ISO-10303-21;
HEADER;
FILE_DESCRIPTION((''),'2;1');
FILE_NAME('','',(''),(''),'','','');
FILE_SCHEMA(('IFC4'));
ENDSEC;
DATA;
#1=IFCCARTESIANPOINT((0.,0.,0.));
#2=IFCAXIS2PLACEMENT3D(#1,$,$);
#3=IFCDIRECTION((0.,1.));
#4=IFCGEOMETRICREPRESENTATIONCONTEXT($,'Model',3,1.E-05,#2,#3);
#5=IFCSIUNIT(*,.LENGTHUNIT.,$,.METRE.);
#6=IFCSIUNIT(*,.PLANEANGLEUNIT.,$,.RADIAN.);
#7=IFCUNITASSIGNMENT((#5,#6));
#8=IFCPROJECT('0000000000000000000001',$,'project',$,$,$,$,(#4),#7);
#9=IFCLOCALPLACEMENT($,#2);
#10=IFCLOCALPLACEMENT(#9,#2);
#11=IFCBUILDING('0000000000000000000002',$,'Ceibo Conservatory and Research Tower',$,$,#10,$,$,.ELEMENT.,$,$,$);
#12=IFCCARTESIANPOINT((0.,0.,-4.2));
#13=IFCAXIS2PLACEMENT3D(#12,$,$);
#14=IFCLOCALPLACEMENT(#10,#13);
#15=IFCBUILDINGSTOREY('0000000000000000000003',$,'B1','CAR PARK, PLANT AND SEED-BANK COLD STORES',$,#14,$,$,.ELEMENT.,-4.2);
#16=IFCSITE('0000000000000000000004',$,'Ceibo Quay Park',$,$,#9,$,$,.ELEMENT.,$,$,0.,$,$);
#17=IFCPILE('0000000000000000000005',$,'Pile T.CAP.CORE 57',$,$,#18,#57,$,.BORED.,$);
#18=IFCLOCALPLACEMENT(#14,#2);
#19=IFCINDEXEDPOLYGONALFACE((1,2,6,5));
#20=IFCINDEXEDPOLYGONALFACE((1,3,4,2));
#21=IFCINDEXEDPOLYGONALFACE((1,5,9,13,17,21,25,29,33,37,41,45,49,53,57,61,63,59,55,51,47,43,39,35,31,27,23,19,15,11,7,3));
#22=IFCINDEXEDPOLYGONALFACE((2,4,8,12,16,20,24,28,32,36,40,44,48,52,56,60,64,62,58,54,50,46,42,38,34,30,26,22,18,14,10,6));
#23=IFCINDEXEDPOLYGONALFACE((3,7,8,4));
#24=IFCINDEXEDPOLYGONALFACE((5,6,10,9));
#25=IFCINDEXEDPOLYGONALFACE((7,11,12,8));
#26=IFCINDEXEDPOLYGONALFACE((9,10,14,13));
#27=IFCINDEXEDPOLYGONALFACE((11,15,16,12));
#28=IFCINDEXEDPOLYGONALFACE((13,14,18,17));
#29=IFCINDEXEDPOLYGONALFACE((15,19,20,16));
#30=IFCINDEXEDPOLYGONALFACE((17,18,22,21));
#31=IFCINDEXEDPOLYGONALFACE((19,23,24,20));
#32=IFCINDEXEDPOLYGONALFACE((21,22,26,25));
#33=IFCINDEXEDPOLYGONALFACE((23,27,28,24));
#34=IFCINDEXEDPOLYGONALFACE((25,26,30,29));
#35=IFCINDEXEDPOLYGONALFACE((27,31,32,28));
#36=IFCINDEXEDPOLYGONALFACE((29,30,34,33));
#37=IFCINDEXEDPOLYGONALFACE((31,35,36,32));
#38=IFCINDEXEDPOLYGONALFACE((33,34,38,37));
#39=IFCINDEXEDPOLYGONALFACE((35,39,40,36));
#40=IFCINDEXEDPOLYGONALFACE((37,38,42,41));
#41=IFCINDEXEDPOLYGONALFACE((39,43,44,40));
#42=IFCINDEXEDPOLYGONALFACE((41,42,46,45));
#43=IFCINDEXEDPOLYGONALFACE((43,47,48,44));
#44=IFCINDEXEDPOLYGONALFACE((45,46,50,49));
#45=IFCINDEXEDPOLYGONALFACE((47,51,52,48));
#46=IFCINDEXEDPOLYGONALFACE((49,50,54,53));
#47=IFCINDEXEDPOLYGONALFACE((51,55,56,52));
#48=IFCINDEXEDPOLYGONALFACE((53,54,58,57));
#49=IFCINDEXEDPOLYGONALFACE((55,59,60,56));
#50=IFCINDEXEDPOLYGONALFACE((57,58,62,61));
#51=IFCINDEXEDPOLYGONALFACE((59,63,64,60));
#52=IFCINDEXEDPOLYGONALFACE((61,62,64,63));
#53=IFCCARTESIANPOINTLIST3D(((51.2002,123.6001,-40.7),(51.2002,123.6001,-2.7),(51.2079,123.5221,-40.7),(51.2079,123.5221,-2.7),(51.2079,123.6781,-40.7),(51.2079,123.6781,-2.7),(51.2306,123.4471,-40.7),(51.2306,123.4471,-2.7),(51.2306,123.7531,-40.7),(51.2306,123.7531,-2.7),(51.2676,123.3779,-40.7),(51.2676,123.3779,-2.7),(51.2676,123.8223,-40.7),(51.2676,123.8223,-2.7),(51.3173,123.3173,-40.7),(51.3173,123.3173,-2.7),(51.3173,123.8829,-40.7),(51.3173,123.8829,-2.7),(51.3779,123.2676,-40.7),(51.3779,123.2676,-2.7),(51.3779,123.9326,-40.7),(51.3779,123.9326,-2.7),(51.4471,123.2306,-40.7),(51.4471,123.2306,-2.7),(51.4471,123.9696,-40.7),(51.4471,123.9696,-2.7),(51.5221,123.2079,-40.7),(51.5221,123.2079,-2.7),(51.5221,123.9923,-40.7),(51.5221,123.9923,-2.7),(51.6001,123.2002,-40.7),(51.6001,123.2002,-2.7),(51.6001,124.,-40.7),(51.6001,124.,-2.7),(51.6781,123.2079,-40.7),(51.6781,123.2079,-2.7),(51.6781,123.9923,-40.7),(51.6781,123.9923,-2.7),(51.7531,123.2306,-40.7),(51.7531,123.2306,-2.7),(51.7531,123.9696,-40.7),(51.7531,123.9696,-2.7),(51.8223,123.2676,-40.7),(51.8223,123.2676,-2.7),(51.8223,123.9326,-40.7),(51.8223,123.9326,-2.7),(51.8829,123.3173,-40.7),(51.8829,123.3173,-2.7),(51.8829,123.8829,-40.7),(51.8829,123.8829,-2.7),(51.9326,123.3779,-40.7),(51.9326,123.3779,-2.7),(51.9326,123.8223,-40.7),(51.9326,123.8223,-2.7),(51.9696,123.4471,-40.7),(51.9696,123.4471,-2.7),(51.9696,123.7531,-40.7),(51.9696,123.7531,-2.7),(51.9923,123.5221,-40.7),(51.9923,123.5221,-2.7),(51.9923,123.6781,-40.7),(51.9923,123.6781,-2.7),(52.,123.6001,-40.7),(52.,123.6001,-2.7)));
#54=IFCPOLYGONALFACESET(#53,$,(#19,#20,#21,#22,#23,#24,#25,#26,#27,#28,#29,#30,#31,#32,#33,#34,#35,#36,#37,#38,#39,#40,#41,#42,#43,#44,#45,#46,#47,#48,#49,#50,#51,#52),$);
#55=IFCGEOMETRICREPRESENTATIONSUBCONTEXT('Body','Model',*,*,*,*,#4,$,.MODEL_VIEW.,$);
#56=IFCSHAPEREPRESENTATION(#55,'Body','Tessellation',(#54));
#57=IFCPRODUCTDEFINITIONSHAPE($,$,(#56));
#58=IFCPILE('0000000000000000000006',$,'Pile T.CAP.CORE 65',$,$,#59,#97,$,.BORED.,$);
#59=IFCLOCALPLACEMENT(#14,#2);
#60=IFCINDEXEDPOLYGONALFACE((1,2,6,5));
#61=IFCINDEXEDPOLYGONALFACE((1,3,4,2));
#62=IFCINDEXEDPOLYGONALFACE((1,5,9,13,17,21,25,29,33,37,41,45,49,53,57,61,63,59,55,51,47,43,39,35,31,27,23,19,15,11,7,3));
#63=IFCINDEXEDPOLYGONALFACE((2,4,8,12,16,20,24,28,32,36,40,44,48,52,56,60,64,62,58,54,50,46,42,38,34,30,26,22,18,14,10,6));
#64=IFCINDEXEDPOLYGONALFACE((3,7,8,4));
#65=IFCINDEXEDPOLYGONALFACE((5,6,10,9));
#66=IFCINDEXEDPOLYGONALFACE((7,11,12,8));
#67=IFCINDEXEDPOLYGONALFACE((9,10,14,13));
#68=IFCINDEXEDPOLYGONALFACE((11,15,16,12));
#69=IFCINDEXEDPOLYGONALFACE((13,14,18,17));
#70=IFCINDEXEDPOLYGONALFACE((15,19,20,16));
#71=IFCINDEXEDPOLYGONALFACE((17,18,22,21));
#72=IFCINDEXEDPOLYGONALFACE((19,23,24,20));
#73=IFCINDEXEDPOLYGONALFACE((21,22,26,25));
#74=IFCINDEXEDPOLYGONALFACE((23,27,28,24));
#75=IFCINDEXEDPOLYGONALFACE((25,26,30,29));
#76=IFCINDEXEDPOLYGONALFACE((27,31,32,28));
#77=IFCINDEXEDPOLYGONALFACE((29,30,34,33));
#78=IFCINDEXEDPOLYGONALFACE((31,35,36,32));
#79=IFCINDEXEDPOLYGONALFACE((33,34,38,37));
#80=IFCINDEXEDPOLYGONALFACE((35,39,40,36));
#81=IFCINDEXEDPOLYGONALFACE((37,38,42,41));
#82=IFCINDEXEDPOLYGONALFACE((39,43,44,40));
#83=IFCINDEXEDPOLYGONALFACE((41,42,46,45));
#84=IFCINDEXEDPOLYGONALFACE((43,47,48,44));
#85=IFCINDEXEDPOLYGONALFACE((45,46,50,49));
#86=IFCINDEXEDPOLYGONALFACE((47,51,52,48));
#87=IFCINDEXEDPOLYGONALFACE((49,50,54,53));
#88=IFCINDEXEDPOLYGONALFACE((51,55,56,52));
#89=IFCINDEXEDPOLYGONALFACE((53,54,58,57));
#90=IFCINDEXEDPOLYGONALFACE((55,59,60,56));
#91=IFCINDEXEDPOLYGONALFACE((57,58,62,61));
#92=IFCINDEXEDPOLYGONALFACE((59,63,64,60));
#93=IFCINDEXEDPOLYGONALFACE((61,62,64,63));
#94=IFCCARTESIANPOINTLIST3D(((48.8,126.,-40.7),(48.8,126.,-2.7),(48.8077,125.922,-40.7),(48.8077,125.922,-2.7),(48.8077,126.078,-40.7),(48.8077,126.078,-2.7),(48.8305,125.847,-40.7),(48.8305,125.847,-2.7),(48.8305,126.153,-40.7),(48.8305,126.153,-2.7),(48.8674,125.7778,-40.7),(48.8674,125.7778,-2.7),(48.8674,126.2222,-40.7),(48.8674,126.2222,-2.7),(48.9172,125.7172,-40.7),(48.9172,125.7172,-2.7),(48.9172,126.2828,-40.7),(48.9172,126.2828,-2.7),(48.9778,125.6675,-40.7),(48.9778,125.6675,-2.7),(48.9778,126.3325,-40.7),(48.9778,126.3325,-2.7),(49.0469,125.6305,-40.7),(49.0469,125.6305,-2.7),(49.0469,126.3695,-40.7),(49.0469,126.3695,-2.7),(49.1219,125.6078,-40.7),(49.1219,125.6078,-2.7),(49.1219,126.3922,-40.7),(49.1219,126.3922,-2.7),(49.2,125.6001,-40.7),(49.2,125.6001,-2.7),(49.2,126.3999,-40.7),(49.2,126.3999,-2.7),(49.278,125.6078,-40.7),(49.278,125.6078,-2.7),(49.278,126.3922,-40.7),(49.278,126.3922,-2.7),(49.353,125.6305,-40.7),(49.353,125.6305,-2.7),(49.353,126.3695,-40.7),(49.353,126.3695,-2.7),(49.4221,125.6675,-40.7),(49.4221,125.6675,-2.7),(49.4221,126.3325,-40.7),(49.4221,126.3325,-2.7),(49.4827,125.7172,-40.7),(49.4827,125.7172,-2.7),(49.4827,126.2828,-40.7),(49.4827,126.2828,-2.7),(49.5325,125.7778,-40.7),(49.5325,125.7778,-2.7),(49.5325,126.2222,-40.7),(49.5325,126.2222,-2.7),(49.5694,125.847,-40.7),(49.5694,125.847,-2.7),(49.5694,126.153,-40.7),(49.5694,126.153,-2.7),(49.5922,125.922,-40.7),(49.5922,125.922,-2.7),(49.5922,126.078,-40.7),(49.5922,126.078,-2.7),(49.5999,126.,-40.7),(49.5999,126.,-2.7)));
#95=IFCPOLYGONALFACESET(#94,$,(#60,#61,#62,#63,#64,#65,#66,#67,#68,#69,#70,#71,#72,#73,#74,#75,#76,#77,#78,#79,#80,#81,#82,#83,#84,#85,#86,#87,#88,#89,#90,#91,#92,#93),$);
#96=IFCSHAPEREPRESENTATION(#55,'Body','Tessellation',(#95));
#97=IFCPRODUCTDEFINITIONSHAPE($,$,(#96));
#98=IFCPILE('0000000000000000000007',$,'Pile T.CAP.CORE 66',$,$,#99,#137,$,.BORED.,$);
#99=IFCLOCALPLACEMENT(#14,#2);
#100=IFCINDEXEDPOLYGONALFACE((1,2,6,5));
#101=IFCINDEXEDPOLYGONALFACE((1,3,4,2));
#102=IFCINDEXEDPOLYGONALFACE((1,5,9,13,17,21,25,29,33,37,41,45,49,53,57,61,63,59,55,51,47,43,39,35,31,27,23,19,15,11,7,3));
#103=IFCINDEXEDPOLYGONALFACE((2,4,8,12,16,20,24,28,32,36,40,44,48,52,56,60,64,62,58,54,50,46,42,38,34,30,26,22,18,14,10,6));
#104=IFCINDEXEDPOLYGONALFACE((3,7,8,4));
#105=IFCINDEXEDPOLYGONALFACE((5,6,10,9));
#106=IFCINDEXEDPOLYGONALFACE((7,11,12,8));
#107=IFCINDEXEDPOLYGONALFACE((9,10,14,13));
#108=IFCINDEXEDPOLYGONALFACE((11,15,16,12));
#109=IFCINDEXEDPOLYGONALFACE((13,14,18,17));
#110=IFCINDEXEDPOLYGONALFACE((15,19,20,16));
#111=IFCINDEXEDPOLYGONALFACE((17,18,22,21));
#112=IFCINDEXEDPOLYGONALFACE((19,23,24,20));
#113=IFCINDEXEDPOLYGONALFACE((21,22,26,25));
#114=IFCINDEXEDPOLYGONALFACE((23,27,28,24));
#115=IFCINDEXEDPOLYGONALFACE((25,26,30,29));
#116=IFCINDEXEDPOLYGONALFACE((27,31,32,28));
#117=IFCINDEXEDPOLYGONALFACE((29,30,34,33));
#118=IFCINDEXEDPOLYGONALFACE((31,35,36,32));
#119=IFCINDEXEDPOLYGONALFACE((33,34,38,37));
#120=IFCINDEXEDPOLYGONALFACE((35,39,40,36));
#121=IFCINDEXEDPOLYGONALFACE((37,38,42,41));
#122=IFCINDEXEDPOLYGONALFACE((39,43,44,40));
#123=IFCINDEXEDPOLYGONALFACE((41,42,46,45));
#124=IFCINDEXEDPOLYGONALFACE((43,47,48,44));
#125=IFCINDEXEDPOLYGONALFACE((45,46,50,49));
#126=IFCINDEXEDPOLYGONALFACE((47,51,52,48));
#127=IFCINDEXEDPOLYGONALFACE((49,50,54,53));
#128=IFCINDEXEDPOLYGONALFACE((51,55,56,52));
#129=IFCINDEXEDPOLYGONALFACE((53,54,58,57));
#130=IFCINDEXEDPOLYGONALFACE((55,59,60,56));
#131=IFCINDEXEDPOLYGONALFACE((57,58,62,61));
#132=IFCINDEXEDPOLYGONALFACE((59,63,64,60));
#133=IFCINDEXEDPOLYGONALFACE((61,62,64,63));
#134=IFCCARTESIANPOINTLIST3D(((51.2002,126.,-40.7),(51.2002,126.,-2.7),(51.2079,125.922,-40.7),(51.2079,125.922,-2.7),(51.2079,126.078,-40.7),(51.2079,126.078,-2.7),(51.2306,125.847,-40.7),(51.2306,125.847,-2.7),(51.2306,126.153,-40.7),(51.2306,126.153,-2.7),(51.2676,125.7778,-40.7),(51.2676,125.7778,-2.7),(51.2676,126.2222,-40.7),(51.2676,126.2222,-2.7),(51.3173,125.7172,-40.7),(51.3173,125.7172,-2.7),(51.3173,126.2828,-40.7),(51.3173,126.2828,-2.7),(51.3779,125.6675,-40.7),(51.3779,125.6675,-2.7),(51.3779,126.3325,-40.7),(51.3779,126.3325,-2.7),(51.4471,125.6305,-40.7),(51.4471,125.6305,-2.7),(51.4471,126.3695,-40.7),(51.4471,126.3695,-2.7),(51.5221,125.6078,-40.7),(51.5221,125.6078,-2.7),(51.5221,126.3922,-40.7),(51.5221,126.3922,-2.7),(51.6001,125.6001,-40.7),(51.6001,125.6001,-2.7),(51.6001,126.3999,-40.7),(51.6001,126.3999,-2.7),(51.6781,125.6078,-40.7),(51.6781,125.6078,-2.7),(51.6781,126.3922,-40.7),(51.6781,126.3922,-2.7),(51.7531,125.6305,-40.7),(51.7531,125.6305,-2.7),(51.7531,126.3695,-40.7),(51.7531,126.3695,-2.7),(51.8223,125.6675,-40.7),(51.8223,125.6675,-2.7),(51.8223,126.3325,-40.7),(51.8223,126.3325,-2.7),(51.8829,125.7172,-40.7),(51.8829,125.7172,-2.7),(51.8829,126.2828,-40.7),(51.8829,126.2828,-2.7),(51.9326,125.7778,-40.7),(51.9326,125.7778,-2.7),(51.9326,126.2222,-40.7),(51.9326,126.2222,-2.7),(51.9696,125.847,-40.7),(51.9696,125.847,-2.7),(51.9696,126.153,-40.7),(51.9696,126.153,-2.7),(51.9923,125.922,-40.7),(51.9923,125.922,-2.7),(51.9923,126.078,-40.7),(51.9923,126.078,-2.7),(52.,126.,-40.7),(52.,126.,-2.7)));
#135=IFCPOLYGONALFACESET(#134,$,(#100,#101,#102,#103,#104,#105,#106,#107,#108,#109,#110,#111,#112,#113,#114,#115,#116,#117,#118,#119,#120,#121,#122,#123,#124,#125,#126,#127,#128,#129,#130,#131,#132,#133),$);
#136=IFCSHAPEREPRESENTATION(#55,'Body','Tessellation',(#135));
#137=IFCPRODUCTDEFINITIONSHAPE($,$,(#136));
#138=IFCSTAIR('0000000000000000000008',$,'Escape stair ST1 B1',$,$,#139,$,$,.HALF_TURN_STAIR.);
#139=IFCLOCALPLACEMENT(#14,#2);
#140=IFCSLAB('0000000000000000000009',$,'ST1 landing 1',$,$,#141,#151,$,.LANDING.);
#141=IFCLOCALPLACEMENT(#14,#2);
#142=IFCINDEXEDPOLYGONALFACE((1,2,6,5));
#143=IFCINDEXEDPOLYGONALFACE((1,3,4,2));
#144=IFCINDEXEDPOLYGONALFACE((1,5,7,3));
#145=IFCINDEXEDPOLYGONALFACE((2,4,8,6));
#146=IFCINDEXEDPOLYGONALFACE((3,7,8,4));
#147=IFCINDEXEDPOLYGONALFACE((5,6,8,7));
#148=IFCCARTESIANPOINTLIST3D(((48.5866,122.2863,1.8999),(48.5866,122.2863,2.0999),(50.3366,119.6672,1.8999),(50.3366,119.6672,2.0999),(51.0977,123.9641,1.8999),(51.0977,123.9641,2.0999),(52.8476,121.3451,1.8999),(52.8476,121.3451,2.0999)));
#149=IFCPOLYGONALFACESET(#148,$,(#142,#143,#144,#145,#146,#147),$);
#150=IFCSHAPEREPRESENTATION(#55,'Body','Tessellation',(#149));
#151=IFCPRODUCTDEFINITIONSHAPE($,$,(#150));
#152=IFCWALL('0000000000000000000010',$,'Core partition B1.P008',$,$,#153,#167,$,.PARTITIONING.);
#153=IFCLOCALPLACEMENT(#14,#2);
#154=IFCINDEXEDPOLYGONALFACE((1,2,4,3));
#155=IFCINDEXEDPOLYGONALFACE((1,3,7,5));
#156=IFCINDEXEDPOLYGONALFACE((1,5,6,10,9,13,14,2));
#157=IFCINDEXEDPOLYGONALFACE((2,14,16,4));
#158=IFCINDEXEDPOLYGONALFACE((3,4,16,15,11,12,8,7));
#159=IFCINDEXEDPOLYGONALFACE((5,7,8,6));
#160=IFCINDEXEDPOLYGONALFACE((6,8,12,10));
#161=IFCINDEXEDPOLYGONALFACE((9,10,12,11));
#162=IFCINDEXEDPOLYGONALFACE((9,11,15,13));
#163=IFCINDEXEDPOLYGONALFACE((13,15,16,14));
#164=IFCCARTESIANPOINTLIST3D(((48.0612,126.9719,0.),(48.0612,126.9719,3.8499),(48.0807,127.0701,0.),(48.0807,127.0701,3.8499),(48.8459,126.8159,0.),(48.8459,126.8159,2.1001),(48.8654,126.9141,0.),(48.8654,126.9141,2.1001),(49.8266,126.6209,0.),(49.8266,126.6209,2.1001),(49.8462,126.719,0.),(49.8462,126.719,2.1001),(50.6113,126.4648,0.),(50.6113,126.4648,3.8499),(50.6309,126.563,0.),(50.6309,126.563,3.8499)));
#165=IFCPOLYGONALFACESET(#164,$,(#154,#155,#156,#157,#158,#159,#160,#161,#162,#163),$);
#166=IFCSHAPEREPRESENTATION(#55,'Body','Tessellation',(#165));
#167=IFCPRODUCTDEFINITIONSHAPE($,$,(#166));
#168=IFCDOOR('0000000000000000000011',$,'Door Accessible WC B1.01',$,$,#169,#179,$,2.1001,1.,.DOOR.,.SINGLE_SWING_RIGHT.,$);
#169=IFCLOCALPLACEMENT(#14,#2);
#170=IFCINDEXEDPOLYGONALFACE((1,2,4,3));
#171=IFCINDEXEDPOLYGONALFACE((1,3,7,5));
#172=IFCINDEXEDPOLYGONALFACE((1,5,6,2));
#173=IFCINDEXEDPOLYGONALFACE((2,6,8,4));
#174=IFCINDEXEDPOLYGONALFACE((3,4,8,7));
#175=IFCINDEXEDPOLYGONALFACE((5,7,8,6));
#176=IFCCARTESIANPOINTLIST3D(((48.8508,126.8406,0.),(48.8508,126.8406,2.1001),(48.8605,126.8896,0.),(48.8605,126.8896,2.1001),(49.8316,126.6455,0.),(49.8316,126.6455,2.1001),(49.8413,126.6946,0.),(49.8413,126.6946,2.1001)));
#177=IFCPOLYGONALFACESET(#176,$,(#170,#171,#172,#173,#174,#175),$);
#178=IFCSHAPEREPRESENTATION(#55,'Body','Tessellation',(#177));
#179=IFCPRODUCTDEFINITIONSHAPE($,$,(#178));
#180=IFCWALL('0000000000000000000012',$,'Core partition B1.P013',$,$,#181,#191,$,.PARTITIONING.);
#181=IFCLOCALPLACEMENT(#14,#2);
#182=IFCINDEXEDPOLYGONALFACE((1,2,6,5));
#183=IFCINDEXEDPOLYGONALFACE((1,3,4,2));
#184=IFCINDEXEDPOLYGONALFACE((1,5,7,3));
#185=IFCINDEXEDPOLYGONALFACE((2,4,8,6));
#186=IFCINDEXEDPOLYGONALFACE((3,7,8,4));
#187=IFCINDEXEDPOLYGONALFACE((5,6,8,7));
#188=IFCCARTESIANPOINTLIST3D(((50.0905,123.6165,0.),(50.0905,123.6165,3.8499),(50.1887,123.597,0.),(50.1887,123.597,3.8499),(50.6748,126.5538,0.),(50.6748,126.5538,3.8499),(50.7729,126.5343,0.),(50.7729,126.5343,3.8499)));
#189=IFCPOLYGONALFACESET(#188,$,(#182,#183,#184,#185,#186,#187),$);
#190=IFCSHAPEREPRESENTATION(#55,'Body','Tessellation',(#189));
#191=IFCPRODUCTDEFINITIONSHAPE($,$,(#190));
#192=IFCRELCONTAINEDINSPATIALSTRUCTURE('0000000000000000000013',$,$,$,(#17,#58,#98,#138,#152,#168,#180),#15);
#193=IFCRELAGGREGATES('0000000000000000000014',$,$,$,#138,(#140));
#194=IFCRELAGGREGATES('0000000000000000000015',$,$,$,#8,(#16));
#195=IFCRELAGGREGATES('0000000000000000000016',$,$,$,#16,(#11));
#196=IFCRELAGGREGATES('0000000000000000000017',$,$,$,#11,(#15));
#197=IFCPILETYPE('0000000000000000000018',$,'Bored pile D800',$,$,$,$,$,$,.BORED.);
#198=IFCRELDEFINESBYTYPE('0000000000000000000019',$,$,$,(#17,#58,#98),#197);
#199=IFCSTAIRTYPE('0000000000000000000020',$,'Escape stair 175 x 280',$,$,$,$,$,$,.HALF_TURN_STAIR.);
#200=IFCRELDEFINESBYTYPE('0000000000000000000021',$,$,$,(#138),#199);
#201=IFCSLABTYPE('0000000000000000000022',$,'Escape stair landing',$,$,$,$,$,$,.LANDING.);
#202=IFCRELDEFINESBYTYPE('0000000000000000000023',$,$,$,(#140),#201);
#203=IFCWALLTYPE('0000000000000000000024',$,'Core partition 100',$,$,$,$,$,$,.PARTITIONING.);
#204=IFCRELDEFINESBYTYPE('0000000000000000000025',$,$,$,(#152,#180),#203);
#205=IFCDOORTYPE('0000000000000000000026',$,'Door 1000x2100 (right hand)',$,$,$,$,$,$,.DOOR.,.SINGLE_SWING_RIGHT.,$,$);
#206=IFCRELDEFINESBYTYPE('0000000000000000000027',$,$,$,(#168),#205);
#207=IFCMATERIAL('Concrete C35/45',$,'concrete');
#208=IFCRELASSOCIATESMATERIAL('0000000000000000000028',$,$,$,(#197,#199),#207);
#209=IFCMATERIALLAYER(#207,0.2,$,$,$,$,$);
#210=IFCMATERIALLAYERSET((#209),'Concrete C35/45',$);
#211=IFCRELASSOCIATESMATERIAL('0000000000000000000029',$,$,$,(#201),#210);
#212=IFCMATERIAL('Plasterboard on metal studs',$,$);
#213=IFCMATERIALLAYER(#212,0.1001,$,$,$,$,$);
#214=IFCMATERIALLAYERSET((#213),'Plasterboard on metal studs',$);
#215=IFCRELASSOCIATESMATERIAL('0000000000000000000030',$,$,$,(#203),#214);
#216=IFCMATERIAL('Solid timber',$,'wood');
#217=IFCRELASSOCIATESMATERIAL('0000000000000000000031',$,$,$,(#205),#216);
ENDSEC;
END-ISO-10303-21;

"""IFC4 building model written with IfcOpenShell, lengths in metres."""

from ifc_helpers import new_model, si_unit, direction, frame, frame_2d, origin, origin_2d, place, context, subcontext, project, spatial, polyline, rectangle, circle, outline, extrude, material, layer, layer_set, material_profile, profile_set, type_object, element, fill, aggregate, save


model = new_model("IFC4")

# Units and contexts
model_context = context("Model", 3, precision=1e-05, world=origin(), true_north=direction((0.0, 1.0)))
body_context = subcontext(model_context, "Body", "Model", "MODEL_VIEW")
ifc_project = project(units=[si_unit("LENGTHUNIT", "METRE"), si_unit("PLANEANGLEUNIT", "RADIAN")], contexts=[model_context])

# Site, building, storey
site_placement = place(None, origin())
site = spatial("IfcSite", under=ifc_project, at=site_placement, Name="Ceibo Quay Park", CompositionType="ELEMENT", RefElevation=0.0)
building_placement = place(site_placement, origin())
building = spatial("IfcBuilding", under=site, at=building_placement, Name="Ceibo Conservatory and Research Tower", CompositionType="ELEMENT")
storey_placement = place(building_placement, frame((0.0, 0.0, -4.2)))
storey = spatial("IfcBuildingStorey", under=building, at=storey_placement, Name="B1", Description="CAR PARK, PLANT AND SEED-BANK COLD STORES", CompositionType="ELEMENT", Elevation=-4.2)

# Piles
ifc_material_1 = material(Name="Concrete C35/45", Category="concrete")
ifc_material_profile = material_profile(ifc_material_1, circle(Radius=0.3999, at=origin_2d()), Name="RC D800")
ifc_profile_set = profile_set([ifc_material_profile], Name="Concrete C35/45")
pile_type = type_object("IfcPileType", Name="Bored pile D800", PredefinedType="BORED", material=ifc_profile_set)
for number, where, z_axis, x_axis, name in (
    (1, (51.6001, 123.6001, -2.7), (0.0, 0.0, -1.0), (1.0, 0.0, 0.0), "Pile T.CAP.CORE 57"),
    (2, (49.2, 126.0, -2.7), (0.0, 0.0, -1.0), (1.0, 0.0, 0.0), "Pile T.CAP.CORE 65"),
    (3, (51.6001, 126.0, -2.7), (0.0, 0.0, -1.0), (1.0, 0.0, 0.0), "Pile T.CAP.CORE 66"),
):
    element("IfcPile", number, at=place(storey_placement, frame(where, z_axis=z_axis, x_axis=x_axis)), inside=storey, type_object=pile_type, Name=name, PredefinedType="BORED", context=body_context, shape_type="SweptSolid", body=[
        extrude(circle(Radius=0.3999, at=origin_2d()), origin(), (0.0, 0.0, 1.0), 38.0),
    ])

# Stair, slab
stair_type = type_object("IfcStairType", Name="Escape stair 175 x 280", PredefinedType="HALF_TURN_STAIR", material=ifc_material_1)
stair_placement = place(storey_placement, origin())
stair = element("IfcStair", 4, at=stair_placement, inside=storey, type_object=stair_type, Name="Escape stair ST1 B1", PredefinedType="HALF_TURN_STAIR")
ifc_layer_1 = layer(ifc_material_1, 0.2)
ifc_layer_set_1 = layer_set([ifc_layer_1], Name="Concrete C35/45")
slab_type = type_object("IfcSlabType", Name="Escape stair landing", PredefinedType="LANDING", material=ifc_layer_set_1)
slab_placement = place(storey_placement, frame((51.0977, 123.9641, 1.8999), z_axis=(0.0, 0.0, 1.0), x_axis=(-0.83147, -0.55557, 0.0)))
slab = element("IfcSlab", 5, at=slab_placement, type_object=slab_type, Name="ST1 landing 1", PredefinedType="LANDING", context=body_context, shape_type="SweptSolid", body=[
    extrude(outline(polyline([(0.0, 0.0), (3.02, 0.0), (3.02, 3.1499), (0.0, 3.1499), (0.0, 0.0)])), origin(), (0.0, 0.0, 1.0), 0.2),
])

# Wall, opening, door
ifc_material_2 = material(Name="Plasterboard on metal studs")
ifc_layer_2 = layer(ifc_material_2, 0.1001)
ifc_layer_set_2 = layer_set([ifc_layer_2], Name="Plasterboard on metal studs")
wall_type_1 = type_object("IfcWallType", Name="Core partition 100", PredefinedType="PARTITIONING", material=ifc_layer_set_2)
wall_1_placement = place(storey_placement, frame((50.6211, 126.5139, 0.0), z_axis=(0.0, 0.0, 1.0), x_axis=(-0.980797, 0.195033, 0.0)))
wall_1 = element("IfcWall", 6, at=wall_1_placement, inside=storey, type_object=wall_type_1, Name="Core partition B1.P008", PredefinedType="PARTITIONING", context=body_context, shape_type="SweptSolid", body=[
    extrude(rectangle(XDim=2.6001, YDim=0.1001, at=frame_2d((1.3, 0.0))), origin(), (0.0, 0.0, 1.0), 3.8499),
])
opening_placement = place(wall_1_placement, frame((0.8, 0.0, 0.0)))
opening = element("IfcOpeningElement", 7, at=opening_placement, cuts=wall_1, PredefinedType="OPENING", context=body_context, shape_type="SweptSolid", body=[
    extrude(rectangle(XDim=1.0, YDim=2.1001, at=frame_2d((0.5, 1.05))), frame((0.0, 0.0601, 0.0), z_axis=(0.0, -1.0, 0.0), x_axis=(1.0, 0.0, 0.0)), (0.0, 0.0, 1.0), 0.1201),
])
ifc_material_3 = material(Name="Solid timber", Category="wood")
door_type = type_object("IfcDoorType", Name="Door 1000x2100 (right hand)", OperationType="SINGLE_SWING_RIGHT", PredefinedType="DOOR", material=ifc_material_3)
door_placement = place(opening_placement, origin())
door = element("IfcDoor", 8, at=door_placement, inside=storey, type_object=door_type, Name="Door Accessible WC B1.01", OperationType="SINGLE_SWING_RIGHT", OverallHeight=2.1001, OverallWidth=1.0, PredefinedType="DOOR", context=body_context, shape_type="SweptSolid", body=[
    extrude(rectangle(XDim=1.0, YDim=2.1001, at=frame_2d((0.5, 1.05))), frame((0.0, 0.0249, 0.0), z_axis=(0.0, -1.0, 0.0), x_axis=(1.0, 0.0, 0.0)), (0.0, 0.0, 1.0), 0.05),
])
fill(opening, door)

# Wall
wall_2_placement = place(storey_placement, frame((50.7239, 126.5442, 0.0), z_axis=(0.0, 0.0, 1.0), x_axis=(-0.195081, -0.980787, 0.0)))
element("IfcWall", 9, at=wall_2_placement, inside=storey, type_object=wall_type_1, Name="Core partition B1.P013", PredefinedType="PARTITIONING", context=body_context, shape_type="SweptSolid", body=[
    extrude(rectangle(XDim=2.9949, YDim=0.1001, at=frame_2d((1.4976, 0.0))), origin(), (0.0, 0.0, 1.0), 3.8499),
])

aggregate(stair, [slab])

save(model, "model.ifc")
